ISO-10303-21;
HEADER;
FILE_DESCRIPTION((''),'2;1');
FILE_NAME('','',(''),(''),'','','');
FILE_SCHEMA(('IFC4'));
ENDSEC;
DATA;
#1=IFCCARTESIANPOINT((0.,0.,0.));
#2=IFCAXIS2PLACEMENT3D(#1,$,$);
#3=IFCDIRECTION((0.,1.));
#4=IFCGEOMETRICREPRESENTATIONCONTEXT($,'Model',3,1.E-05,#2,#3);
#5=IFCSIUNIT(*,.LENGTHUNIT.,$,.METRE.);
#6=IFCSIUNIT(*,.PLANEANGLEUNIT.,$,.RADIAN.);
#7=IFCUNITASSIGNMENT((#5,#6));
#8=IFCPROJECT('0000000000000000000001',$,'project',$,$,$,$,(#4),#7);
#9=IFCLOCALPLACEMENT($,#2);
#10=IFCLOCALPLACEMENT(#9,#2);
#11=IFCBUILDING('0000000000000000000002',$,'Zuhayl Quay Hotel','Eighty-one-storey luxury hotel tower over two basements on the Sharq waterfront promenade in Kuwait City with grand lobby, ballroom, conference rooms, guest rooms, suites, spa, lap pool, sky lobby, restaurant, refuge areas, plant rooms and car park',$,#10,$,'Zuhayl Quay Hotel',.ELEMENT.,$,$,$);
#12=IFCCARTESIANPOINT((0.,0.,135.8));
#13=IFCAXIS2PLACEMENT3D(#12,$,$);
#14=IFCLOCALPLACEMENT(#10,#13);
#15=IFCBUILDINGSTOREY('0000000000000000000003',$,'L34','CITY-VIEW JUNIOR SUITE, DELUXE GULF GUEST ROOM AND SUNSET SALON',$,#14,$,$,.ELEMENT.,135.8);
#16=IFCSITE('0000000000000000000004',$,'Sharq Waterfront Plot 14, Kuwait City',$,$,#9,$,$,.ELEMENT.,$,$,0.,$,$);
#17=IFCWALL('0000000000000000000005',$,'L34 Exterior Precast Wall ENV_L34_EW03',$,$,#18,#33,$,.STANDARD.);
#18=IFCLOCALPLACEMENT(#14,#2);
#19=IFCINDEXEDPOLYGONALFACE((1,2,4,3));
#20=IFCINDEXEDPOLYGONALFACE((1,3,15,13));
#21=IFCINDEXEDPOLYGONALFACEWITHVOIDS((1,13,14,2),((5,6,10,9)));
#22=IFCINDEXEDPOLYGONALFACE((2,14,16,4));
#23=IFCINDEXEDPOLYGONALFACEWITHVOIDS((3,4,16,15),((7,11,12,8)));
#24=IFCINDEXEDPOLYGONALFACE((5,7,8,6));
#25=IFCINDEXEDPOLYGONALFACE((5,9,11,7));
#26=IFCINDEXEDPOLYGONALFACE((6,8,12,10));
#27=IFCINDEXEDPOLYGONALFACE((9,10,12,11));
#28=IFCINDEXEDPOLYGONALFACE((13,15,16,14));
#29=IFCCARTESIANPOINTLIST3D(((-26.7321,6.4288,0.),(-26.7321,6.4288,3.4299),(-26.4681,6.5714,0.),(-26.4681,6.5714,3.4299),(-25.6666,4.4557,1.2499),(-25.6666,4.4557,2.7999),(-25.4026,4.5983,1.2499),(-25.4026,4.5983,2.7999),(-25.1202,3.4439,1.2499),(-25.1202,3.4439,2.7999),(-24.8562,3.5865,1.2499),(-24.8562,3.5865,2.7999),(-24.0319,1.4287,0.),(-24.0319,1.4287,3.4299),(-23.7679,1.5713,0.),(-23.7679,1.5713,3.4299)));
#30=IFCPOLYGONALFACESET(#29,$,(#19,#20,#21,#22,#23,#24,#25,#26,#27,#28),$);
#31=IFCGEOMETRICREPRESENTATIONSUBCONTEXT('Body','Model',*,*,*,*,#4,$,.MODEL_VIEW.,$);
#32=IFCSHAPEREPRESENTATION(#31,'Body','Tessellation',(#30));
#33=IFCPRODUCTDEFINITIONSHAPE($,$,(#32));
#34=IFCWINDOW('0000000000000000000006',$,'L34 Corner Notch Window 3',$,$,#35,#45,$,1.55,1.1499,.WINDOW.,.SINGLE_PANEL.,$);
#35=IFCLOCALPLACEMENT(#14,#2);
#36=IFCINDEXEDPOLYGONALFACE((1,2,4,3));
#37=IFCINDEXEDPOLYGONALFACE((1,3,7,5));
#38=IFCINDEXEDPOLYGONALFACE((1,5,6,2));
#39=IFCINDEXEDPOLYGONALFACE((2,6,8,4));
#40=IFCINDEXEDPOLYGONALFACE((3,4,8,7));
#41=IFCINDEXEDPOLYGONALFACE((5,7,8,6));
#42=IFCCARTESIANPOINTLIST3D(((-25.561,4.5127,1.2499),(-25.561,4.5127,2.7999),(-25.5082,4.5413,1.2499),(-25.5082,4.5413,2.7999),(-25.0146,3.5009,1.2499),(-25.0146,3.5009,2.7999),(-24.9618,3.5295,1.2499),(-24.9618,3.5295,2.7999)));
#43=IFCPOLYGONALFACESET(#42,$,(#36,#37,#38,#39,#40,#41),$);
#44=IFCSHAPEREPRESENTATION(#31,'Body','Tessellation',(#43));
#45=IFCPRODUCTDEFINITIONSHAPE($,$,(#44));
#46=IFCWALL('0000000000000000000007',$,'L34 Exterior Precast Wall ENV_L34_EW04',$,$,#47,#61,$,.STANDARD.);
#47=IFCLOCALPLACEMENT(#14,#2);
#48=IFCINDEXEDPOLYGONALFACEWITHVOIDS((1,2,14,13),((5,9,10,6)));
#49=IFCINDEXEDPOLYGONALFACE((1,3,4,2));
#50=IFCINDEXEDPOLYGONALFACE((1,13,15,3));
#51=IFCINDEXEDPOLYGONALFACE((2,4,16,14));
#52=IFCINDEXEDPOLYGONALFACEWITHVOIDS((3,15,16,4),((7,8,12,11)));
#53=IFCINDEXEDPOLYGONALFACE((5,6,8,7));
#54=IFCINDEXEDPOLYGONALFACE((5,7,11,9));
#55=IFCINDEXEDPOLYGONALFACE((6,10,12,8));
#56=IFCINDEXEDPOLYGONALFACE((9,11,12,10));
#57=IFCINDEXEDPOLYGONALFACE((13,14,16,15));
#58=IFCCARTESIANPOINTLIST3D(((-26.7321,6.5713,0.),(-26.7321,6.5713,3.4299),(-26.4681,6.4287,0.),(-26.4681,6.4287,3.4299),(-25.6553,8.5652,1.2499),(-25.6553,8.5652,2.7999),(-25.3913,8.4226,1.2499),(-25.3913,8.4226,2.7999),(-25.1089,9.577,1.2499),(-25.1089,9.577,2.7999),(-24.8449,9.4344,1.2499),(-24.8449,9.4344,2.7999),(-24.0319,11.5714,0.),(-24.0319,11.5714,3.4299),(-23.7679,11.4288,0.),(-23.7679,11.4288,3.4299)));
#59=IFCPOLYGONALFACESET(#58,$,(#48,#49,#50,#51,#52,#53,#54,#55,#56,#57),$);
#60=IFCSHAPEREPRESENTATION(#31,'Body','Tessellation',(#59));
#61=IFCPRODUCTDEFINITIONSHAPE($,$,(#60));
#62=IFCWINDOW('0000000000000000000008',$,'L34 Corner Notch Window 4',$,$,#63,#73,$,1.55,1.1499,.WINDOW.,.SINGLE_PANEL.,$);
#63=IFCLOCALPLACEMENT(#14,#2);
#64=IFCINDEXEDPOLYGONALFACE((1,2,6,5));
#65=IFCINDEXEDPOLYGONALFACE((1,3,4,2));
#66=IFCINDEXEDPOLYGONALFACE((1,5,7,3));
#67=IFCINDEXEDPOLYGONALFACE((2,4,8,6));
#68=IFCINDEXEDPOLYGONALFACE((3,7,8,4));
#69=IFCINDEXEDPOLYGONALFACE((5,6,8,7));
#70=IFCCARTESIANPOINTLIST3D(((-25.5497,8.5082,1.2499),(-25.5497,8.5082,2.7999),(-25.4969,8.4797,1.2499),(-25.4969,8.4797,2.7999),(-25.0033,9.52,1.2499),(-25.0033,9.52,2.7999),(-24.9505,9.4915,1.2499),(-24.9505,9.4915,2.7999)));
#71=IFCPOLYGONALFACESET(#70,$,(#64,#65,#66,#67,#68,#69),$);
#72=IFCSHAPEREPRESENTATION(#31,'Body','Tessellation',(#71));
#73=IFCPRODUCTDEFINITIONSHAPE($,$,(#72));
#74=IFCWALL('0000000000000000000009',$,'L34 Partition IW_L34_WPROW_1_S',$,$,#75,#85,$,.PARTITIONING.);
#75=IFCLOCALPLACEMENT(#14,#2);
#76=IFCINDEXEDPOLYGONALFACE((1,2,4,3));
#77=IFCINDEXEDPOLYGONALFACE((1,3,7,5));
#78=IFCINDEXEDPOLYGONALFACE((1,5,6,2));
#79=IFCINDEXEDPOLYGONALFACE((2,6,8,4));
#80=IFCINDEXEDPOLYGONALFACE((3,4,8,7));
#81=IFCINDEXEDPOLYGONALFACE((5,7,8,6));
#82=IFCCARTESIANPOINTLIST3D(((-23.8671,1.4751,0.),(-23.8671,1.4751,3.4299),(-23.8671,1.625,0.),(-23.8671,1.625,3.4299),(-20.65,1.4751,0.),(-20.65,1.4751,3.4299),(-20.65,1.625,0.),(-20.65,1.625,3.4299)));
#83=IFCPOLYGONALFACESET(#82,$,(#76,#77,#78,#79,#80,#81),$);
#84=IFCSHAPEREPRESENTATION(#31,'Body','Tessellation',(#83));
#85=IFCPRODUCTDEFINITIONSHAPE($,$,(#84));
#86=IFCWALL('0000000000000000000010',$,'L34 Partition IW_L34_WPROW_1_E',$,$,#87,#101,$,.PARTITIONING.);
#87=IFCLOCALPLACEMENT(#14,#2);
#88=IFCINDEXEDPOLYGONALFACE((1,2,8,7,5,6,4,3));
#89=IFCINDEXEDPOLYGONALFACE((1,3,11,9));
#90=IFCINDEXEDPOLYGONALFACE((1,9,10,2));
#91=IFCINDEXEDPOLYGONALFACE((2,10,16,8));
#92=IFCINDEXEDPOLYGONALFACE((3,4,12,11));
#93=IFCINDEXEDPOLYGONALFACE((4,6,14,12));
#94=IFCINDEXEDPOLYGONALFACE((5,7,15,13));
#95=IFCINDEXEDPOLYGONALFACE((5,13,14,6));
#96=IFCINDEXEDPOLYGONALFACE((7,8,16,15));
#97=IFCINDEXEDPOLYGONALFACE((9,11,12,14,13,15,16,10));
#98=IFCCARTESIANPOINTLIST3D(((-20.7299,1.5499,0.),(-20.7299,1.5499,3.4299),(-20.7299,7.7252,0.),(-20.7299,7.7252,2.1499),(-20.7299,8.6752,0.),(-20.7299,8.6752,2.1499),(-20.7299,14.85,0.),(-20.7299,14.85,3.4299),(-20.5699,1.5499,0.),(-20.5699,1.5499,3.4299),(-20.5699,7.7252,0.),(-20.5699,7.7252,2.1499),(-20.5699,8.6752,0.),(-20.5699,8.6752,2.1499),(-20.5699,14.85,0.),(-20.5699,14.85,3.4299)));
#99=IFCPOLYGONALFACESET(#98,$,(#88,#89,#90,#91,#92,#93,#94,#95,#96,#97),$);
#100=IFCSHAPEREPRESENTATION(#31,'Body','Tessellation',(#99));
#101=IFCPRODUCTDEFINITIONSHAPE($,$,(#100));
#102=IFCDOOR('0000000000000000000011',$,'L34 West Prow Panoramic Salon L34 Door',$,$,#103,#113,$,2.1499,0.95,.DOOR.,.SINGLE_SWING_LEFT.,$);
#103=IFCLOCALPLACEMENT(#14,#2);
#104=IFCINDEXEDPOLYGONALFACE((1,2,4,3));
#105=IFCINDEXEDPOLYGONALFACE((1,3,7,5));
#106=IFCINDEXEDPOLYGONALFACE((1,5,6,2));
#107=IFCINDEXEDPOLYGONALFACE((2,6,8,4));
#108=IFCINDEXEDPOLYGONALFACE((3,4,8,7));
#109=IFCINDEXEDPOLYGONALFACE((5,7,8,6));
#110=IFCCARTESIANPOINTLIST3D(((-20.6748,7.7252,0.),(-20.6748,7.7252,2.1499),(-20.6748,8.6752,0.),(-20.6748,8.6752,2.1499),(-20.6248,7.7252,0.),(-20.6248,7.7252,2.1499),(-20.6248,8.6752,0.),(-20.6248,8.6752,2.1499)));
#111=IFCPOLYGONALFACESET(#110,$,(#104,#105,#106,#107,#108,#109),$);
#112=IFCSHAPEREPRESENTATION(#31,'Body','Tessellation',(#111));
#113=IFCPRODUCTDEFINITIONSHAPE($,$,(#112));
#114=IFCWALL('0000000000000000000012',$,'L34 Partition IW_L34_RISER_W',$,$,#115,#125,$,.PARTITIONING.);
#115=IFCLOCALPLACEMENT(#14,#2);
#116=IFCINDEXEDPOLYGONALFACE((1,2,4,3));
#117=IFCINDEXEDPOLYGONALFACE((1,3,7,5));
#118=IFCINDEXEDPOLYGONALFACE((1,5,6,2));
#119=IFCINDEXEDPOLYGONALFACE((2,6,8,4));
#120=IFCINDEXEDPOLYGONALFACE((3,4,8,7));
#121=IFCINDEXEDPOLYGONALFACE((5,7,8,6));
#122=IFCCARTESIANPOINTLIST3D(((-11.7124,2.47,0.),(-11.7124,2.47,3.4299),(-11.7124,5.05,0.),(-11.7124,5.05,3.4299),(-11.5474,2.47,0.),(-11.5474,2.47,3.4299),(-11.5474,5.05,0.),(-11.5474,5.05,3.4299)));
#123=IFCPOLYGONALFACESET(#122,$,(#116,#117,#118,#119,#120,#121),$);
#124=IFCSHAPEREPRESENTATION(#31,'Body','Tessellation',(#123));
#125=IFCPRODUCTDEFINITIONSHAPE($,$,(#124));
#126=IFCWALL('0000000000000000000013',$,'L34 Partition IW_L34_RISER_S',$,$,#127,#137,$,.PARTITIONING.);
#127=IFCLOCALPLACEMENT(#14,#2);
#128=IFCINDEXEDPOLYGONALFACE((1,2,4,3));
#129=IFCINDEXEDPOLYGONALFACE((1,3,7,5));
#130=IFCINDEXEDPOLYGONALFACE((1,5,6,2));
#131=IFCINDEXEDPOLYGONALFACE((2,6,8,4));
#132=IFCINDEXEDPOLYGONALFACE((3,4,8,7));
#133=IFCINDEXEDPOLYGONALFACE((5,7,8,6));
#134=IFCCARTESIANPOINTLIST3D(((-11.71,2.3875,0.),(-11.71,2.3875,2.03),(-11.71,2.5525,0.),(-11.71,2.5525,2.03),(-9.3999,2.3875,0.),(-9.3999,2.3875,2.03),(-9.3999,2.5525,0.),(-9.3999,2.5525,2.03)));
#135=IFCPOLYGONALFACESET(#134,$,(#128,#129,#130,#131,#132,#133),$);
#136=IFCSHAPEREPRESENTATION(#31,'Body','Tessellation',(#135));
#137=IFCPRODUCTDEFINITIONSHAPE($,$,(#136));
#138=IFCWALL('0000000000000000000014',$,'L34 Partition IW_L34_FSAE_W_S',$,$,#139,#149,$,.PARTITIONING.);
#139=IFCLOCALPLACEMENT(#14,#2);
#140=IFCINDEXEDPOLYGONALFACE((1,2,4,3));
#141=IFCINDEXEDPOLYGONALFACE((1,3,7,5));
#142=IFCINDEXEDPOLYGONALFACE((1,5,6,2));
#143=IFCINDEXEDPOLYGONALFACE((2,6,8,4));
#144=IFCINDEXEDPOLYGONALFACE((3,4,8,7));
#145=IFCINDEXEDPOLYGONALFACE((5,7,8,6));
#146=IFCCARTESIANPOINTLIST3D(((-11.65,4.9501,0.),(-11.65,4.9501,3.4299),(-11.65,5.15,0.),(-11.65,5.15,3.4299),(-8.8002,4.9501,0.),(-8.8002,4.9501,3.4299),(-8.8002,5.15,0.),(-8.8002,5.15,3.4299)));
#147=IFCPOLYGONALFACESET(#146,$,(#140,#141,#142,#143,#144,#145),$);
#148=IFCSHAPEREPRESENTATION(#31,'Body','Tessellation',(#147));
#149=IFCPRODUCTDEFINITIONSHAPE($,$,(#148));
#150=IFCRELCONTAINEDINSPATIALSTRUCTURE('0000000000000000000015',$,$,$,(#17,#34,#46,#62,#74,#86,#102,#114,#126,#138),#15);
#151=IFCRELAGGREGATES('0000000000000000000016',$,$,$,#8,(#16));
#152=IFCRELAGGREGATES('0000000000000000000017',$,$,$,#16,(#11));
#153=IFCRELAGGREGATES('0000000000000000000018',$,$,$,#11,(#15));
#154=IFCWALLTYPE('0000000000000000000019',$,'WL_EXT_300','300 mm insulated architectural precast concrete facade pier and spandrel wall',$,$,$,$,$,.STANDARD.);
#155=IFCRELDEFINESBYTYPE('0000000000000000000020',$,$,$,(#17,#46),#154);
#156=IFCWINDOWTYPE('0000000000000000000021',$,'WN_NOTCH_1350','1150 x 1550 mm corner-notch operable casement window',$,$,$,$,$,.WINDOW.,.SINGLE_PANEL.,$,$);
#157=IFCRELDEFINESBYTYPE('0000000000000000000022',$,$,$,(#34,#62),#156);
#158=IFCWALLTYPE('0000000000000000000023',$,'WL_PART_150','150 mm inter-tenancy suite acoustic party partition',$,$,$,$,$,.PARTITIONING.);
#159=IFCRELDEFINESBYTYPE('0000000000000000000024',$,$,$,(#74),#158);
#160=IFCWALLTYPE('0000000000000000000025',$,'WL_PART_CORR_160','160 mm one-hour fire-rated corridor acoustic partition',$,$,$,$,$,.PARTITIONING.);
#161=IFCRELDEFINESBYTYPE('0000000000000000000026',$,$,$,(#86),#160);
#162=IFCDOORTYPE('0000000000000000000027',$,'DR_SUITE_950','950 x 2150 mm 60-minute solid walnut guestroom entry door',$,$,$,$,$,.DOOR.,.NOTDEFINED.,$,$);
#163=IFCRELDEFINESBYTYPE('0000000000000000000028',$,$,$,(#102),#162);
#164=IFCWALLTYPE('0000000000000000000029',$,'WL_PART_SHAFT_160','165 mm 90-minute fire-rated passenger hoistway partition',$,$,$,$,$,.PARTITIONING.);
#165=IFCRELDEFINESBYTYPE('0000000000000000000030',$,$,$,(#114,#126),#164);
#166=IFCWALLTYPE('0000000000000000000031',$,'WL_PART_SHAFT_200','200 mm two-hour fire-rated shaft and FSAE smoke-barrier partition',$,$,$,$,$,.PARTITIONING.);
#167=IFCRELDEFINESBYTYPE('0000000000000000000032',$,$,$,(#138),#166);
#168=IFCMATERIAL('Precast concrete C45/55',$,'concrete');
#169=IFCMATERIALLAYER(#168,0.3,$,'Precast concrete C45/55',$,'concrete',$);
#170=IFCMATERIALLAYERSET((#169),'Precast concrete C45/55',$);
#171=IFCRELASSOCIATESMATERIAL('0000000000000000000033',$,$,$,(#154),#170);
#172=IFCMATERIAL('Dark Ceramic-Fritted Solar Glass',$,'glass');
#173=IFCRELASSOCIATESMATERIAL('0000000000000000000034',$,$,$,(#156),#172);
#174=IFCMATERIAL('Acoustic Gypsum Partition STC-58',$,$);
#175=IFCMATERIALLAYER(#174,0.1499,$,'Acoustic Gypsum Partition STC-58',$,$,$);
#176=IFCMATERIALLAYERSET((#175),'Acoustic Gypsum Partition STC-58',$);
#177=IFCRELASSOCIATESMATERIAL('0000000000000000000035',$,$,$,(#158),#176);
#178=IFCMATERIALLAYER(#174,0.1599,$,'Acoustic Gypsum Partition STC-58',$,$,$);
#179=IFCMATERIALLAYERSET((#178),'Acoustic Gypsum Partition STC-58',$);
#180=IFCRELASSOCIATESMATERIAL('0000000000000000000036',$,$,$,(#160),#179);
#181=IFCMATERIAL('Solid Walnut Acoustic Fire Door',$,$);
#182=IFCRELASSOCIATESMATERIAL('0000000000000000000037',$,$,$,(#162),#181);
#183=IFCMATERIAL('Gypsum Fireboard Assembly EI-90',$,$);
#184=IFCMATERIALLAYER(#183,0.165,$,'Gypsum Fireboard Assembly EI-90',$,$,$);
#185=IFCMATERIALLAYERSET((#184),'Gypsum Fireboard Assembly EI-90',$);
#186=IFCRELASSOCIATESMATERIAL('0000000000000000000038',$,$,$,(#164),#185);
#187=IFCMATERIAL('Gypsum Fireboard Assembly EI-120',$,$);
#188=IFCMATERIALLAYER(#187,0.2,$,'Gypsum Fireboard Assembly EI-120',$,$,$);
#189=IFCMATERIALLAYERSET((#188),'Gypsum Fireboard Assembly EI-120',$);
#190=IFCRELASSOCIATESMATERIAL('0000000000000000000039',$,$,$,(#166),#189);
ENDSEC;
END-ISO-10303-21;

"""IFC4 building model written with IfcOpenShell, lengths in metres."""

from ifc_helpers import new_model, si_unit, direction, frame, frame_2d, origin, place, context, subcontext, project, spatial, rectangle, extrude, material, layer, layer_set, type_object, element, fill, save


model = new_model("IFC4")

# Units and contexts
model_context = context("Model", 3, precision=1e-05, world=origin(), true_north=direction((0.0, 1.0)))
body_context = subcontext(model_context, "Body", "Model", "MODEL_VIEW")
ifc_project = project(units=[si_unit("LENGTHUNIT", "METRE"), si_unit("PLANEANGLEUNIT", "RADIAN")], contexts=[model_context])

# Site, building, storey
site_placement = place(None, origin())
site = spatial("IfcSite", under=ifc_project, at=site_placement, Name="Sharq Waterfront Plot 14, Kuwait City", CompositionType="ELEMENT", RefElevation=0.0)
building_placement = place(site_placement, origin())
building = spatial("IfcBuilding", under=site, at=building_placement, Name="Zuhayl Quay Hotel", Description="Eighty-one-storey luxury hotel tower over two basements on the Sharq waterfront promenade in Kuwait City with grand lobby, ballroom, conference rooms, guest rooms, suites, spa, lap pool, sky lobby, restaurant, refuge areas, plant rooms and car park", LongName="Zuhayl Quay Hotel", CompositionType="ELEMENT")
storey_placement = place(building_placement, frame((0.0, 0.0, 135.8)))
storey = spatial("IfcBuildingStorey", under=building, at=storey_placement, Name="L34", Description="CITY-VIEW JUNIOR SUITE, DELUXE GULF GUEST ROOM AND SUNSET SALON", CompositionType="ELEMENT", Elevation=135.8)

# Shared definitions
ifc_material_1 = material(Name="Precast concrete C45/55", Category="concrete")
ifc_layer_1 = layer(ifc_material_1, 0.3, Name="Precast concrete C45/55", Category="concrete")
ifc_layer_set_1 = layer_set([ifc_layer_1], Name="Precast concrete C45/55")
wall_type_1 = type_object("IfcWallType", Name="WL_EXT_300", Description="300 mm insulated architectural precast concrete facade pier and spandrel wall", PredefinedType="STANDARD", material=ifc_layer_set_1)

# Walls, openings, windows
wall_1_placement = place(storey_placement, frame((-23.8999, 1.5, 0.0), z_axis=(0.0, 0.0, 1.0), x_axis=(-0.475176, 0.879891, 0.0)))
wall_1 = element("IfcWall", 1, at=wall_1_placement, inside=storey, type_object=wall_type_1, Name="L34 Exterior Precast Wall ENV_L34_EW03", PredefinedType="STANDARD", context=body_context, shape_type="SweptSolid", body=[
    extrude(rectangle(XDim=5.6826, YDim=0.3, at=frame_2d((2.8413, 0.0))), origin(), (0.0, 0.0, 1.0), 3.4299),
])
opening_1_placement = place(wall_1_placement, frame((2.2903, 0.0, 1.25)))
opening_1 = element("IfcOpeningElement", 2, at=opening_1_placement, cuts=wall_1, PredefinedType="OPENING", context=body_context, shape_type="SweptSolid", body=[
    extrude(rectangle(XDim=1.1499, YDim=1.55, at=frame_2d((0.575, 0.7749))), frame((0.0, 0.1599, 0.0), z_axis=(0.0, -1.0, 0.0), x_axis=(1.0, 0.0, 0.0)), (0.0, 0.0, 1.0), 0.3201),
])
ifc_material_2 = material(Name="Dark Ceramic-Fritted Solar Glass", Category="glass")
window_type = type_object("IfcWindowType", Name="WN_NOTCH_1350", Description="1150 x 1550 mm corner-notch operable casement window", PartitioningType="SINGLE_PANEL", PredefinedType="WINDOW", material=ifc_material_2)
window_1_placement = place(opening_1_placement, origin())
window_1 = element("IfcWindow", 3, at=window_1_placement, inside=storey, type_object=window_type, Name="L34 Corner Notch Window 3", OverallHeight=1.55, OverallWidth=1.1499, PartitioningType="SINGLE_PANEL", PredefinedType="WINDOW", context=body_context, shape_type="SweptSolid", body=[
    extrude(rectangle(XDim=1.1499, YDim=1.55, at=frame_2d((0.575, 0.7749))), frame((0.0, 0.03, 0.0), z_axis=(0.0, -1.0, 0.0), x_axis=(1.0, 0.0, 0.0)), (0.0, 0.0, 1.0), 0.0601),
])
fill(opening_1, window_1)
wall_2_placement = place(storey_placement, frame((-26.6001, 6.5, 0.0), z_axis=(0.0, 0.0, 1.0), x_axis=(0.475176, 0.879891, 0.0)))
wall_2 = element("IfcWall", 4, at=wall_2_placement, inside=storey, type_object=wall_type_1, Name="L34 Exterior Precast Wall ENV_L34_EW04", PredefinedType="STANDARD", context=body_context, shape_type="SweptSolid", body=[
    extrude(rectangle(XDim=5.6826, YDim=0.3, at=frame_2d((2.8413, 0.0))), origin(), (0.0, 0.0, 1.0), 3.4299),
])
opening_2_placement = place(wall_2_placement, frame((2.2661, 0.0, 1.25)))
opening_2 = element("IfcOpeningElement", 5, at=opening_2_placement, cuts=wall_2, PredefinedType="OPENING", context=body_context, shape_type="SweptSolid", body=[
    extrude(rectangle(XDim=1.1499, YDim=1.55, at=frame_2d((0.575, 0.7749))), frame((0.0, 0.1599, 0.0), z_axis=(0.0, -1.0, 0.0), x_axis=(1.0, 0.0, 0.0)), (0.0, 0.0, 1.0), 0.3201),
])
window_2_placement = place(opening_2_placement, origin())
window_2 = element("IfcWindow", 6, at=window_2_placement, inside=storey, type_object=window_type, Name="L34 Corner Notch Window 4", OverallHeight=1.55, OverallWidth=1.1499, PartitioningType="SINGLE_PANEL", PredefinedType="WINDOW", context=body_context, shape_type="SweptSolid", body=[
    extrude(rectangle(XDim=1.1499, YDim=1.55, at=frame_2d((0.575, 0.7749))), frame((0.0, 0.03, 0.0), z_axis=(0.0, -1.0, 0.0), x_axis=(1.0, 0.0, 0.0)), (0.0, 0.0, 1.0), 0.0601),
])
fill(opening_2, window_2)

# Wall
ifc_material_3 = material(Name="Acoustic Gypsum Partition STC-58")
ifc_layer_2 = layer(ifc_material_3, 0.1499, Name="Acoustic Gypsum Partition STC-58")
ifc_layer_set_2 = layer_set([ifc_layer_2], Name="Acoustic Gypsum Partition STC-58")
wall_type_2 = type_object("IfcWallType", Name="WL_PART_150", Description="150 mm inter-tenancy suite acoustic party partition", PredefinedType="PARTITIONING", material=ifc_layer_set_2)
wall_3_placement = place(storey_placement, frame((-23.8669, 1.55, 0.0), z_axis=(0.0, 0.0, 1.0), x_axis=(1.0, 0.0, 0.0)))
element("IfcWall", 7, at=wall_3_placement, inside=storey, type_object=wall_type_2, Name="L34 Partition IW_L34_WPROW_1_S", PredefinedType="PARTITIONING", context=body_context, shape_type="SweptSolid", body=[
    extrude(rectangle(XDim=3.217, YDim=0.1499, at=frame_2d((1.6084, 0.0))), origin(), (0.0, 0.0, 1.0), 3.4299),
])

# Wall, opening, door
ifc_layer_3 = layer(ifc_material_3, 0.1599, Name="Acoustic Gypsum Partition STC-58")
ifc_layer_set_3 = layer_set([ifc_layer_3], Name="Acoustic Gypsum Partition STC-58")
wall_type_3 = type_object("IfcWallType", Name="WL_PART_CORR_160", Description="160 mm one-hour fire-rated corridor acoustic partition", PredefinedType="PARTITIONING", material=ifc_layer_set_3)
wall_4_placement = place(storey_placement, frame((-20.6499, 1.55, 0.0), z_axis=(0.0, 0.0, 1.0), x_axis=(0.0, 1.0, 0.0)))
wall_4 = element("IfcWall", 8, at=wall_4_placement, inside=storey, type_object=wall_type_3, Name="L34 Partition IW_L34_WPROW_1_E", PredefinedType="PARTITIONING", context=body_context, shape_type="SweptSolid", body=[
    extrude(rectangle(XDim=13.3, YDim=0.1599, at=frame_2d((6.6499, 0.0))), origin(), (0.0, 0.0, 1.0), 3.4299),
])
opening_3_placement = place(wall_4_placement, frame((6.175, 0.0, 0.0)))
opening_3 = element("IfcOpeningElement", 9, at=opening_3_placement, cuts=wall_4, PredefinedType="OPENING", context=body_context, shape_type="SweptSolid", body=[
    extrude(rectangle(XDim=0.95, YDim=2.1499, at=frame_2d((0.4751, 1.075))), frame((0.0, 0.0898, 0.0), z_axis=(0.0, -1.0, 0.0), x_axis=(1.0, 0.0, 0.0)), (0.0, 0.0, 1.0), 0.1799),
])
ifc_material_4 = material(Name="Solid Walnut Acoustic Fire Door")
door_type_1 = type_object("IfcDoorType", Name="DR_SUITE_950", Description="950 x 2150 mm 60-minute solid walnut guestroom entry door", OperationType="NOTDEFINED", PredefinedType="DOOR", material=ifc_material_4)
door_1_placement = place(opening_3_placement, origin())
door_1 = element("IfcDoor", 10, at=door_1_placement, inside=storey, type_object=door_type_1, Name="L34 West Prow Panoramic Salon L34 Door", OperationType="SINGLE_SWING_LEFT", OverallHeight=2.1499, OverallWidth=0.95, PredefinedType="DOOR", context=body_context, shape_type="SweptSolid", body=[
    extrude(rectangle(XDim=0.95, YDim=2.1499, at=frame_2d((0.4751, 1.075))), frame((0.0, 0.0249, 0.0), z_axis=(0.0, -1.0, 0.0), x_axis=(1.0, 0.0, 0.0)), (0.0, 0.0, 1.0), 0.05),
])
fill(opening_3, door_1)

# Walls
ifc_material_5 = material(Name="Gypsum Fireboard Assembly EI-90")
ifc_layer_4 = layer(ifc_material_5, 0.165, Name="Gypsum Fireboard Assembly EI-90")
ifc_layer_set_4 = layer_set([ifc_layer_4], Name="Gypsum Fireboard Assembly EI-90")
wall_type_4 = type_object("IfcWallType", Name="WL_PART_SHAFT_160", Description="165 mm 90-minute fire-rated passenger hoistway partition", PredefinedType="PARTITIONING", material=ifc_layer_set_4)
wall_5_placement = place(storey_placement, frame((-11.6299, 2.47, 0.0), z_axis=(0.0, 0.0, 1.0), x_axis=(0.0, 1.0, 0.0)))
element("IfcWall", 11, at=wall_5_placement, inside=storey, type_object=wall_type_4, Name="L34 Partition IW_L34_RISER_W", PredefinedType="PARTITIONING", context=body_context, shape_type="SweptSolid", body=[
    extrude(rectangle(XDim=2.5801, YDim=0.165, at=frame_2d((1.29, 0.0))), origin(), (0.0, 0.0, 1.0), 3.4299),
])
wall_6_placement = place(storey_placement, frame((-11.71, 2.47, 0.0), z_axis=(0.0, 0.0, 1.0), x_axis=(1.0, 0.0, 0.0)))
element("IfcWall", 12, at=wall_6_placement, inside=storey, type_object=wall_type_4, Name="L34 Partition IW_L34_RISER_S", PredefinedType="PARTITIONING", context=body_context, shape_type="SweptSolid", body=[
    extrude(rectangle(XDim=2.3101, YDim=0.165, at=frame_2d((1.155, 0.0))), origin(), (0.0, 0.0, 1.0), 2.03),
])
ifc_material_6 = material(Name="Gypsum Fireboard Assembly EI-120")
ifc_layer_5 = layer(ifc_material_6, 0.2, Name="Gypsum Fireboard Assembly EI-120")
ifc_layer_set_5 = layer_set([ifc_layer_5], Name="Gypsum Fireboard Assembly EI-120")
wall_type_5 = type_object("IfcWallType", Name="WL_PART_SHAFT_200", Description="200 mm two-hour fire-rated shaft and FSAE smoke-barrier partition", PredefinedType="PARTITIONING", material=ifc_layer_set_5)
wall_7_placement = place(storey_placement, frame((-11.6499, 5.05, 0.0), z_axis=(0.0, 0.0, 1.0), x_axis=(1.0, 0.0, 0.0)))
element("IfcWall", 13, at=wall_7_placement, inside=storey, type_object=wall_type_5, Name="L34 Partition IW_L34_FSAE_W_S", PredefinedType="PARTITIONING", context=body_context, shape_type="SweptSolid", body=[
    extrude(rectangle(XDim=2.8499, YDim=0.2, at=frame_2d((1.4248, 0.0))), origin(), (0.0, 0.0, 1.0), 3.4299),
])

save(model, "model.ifc")
